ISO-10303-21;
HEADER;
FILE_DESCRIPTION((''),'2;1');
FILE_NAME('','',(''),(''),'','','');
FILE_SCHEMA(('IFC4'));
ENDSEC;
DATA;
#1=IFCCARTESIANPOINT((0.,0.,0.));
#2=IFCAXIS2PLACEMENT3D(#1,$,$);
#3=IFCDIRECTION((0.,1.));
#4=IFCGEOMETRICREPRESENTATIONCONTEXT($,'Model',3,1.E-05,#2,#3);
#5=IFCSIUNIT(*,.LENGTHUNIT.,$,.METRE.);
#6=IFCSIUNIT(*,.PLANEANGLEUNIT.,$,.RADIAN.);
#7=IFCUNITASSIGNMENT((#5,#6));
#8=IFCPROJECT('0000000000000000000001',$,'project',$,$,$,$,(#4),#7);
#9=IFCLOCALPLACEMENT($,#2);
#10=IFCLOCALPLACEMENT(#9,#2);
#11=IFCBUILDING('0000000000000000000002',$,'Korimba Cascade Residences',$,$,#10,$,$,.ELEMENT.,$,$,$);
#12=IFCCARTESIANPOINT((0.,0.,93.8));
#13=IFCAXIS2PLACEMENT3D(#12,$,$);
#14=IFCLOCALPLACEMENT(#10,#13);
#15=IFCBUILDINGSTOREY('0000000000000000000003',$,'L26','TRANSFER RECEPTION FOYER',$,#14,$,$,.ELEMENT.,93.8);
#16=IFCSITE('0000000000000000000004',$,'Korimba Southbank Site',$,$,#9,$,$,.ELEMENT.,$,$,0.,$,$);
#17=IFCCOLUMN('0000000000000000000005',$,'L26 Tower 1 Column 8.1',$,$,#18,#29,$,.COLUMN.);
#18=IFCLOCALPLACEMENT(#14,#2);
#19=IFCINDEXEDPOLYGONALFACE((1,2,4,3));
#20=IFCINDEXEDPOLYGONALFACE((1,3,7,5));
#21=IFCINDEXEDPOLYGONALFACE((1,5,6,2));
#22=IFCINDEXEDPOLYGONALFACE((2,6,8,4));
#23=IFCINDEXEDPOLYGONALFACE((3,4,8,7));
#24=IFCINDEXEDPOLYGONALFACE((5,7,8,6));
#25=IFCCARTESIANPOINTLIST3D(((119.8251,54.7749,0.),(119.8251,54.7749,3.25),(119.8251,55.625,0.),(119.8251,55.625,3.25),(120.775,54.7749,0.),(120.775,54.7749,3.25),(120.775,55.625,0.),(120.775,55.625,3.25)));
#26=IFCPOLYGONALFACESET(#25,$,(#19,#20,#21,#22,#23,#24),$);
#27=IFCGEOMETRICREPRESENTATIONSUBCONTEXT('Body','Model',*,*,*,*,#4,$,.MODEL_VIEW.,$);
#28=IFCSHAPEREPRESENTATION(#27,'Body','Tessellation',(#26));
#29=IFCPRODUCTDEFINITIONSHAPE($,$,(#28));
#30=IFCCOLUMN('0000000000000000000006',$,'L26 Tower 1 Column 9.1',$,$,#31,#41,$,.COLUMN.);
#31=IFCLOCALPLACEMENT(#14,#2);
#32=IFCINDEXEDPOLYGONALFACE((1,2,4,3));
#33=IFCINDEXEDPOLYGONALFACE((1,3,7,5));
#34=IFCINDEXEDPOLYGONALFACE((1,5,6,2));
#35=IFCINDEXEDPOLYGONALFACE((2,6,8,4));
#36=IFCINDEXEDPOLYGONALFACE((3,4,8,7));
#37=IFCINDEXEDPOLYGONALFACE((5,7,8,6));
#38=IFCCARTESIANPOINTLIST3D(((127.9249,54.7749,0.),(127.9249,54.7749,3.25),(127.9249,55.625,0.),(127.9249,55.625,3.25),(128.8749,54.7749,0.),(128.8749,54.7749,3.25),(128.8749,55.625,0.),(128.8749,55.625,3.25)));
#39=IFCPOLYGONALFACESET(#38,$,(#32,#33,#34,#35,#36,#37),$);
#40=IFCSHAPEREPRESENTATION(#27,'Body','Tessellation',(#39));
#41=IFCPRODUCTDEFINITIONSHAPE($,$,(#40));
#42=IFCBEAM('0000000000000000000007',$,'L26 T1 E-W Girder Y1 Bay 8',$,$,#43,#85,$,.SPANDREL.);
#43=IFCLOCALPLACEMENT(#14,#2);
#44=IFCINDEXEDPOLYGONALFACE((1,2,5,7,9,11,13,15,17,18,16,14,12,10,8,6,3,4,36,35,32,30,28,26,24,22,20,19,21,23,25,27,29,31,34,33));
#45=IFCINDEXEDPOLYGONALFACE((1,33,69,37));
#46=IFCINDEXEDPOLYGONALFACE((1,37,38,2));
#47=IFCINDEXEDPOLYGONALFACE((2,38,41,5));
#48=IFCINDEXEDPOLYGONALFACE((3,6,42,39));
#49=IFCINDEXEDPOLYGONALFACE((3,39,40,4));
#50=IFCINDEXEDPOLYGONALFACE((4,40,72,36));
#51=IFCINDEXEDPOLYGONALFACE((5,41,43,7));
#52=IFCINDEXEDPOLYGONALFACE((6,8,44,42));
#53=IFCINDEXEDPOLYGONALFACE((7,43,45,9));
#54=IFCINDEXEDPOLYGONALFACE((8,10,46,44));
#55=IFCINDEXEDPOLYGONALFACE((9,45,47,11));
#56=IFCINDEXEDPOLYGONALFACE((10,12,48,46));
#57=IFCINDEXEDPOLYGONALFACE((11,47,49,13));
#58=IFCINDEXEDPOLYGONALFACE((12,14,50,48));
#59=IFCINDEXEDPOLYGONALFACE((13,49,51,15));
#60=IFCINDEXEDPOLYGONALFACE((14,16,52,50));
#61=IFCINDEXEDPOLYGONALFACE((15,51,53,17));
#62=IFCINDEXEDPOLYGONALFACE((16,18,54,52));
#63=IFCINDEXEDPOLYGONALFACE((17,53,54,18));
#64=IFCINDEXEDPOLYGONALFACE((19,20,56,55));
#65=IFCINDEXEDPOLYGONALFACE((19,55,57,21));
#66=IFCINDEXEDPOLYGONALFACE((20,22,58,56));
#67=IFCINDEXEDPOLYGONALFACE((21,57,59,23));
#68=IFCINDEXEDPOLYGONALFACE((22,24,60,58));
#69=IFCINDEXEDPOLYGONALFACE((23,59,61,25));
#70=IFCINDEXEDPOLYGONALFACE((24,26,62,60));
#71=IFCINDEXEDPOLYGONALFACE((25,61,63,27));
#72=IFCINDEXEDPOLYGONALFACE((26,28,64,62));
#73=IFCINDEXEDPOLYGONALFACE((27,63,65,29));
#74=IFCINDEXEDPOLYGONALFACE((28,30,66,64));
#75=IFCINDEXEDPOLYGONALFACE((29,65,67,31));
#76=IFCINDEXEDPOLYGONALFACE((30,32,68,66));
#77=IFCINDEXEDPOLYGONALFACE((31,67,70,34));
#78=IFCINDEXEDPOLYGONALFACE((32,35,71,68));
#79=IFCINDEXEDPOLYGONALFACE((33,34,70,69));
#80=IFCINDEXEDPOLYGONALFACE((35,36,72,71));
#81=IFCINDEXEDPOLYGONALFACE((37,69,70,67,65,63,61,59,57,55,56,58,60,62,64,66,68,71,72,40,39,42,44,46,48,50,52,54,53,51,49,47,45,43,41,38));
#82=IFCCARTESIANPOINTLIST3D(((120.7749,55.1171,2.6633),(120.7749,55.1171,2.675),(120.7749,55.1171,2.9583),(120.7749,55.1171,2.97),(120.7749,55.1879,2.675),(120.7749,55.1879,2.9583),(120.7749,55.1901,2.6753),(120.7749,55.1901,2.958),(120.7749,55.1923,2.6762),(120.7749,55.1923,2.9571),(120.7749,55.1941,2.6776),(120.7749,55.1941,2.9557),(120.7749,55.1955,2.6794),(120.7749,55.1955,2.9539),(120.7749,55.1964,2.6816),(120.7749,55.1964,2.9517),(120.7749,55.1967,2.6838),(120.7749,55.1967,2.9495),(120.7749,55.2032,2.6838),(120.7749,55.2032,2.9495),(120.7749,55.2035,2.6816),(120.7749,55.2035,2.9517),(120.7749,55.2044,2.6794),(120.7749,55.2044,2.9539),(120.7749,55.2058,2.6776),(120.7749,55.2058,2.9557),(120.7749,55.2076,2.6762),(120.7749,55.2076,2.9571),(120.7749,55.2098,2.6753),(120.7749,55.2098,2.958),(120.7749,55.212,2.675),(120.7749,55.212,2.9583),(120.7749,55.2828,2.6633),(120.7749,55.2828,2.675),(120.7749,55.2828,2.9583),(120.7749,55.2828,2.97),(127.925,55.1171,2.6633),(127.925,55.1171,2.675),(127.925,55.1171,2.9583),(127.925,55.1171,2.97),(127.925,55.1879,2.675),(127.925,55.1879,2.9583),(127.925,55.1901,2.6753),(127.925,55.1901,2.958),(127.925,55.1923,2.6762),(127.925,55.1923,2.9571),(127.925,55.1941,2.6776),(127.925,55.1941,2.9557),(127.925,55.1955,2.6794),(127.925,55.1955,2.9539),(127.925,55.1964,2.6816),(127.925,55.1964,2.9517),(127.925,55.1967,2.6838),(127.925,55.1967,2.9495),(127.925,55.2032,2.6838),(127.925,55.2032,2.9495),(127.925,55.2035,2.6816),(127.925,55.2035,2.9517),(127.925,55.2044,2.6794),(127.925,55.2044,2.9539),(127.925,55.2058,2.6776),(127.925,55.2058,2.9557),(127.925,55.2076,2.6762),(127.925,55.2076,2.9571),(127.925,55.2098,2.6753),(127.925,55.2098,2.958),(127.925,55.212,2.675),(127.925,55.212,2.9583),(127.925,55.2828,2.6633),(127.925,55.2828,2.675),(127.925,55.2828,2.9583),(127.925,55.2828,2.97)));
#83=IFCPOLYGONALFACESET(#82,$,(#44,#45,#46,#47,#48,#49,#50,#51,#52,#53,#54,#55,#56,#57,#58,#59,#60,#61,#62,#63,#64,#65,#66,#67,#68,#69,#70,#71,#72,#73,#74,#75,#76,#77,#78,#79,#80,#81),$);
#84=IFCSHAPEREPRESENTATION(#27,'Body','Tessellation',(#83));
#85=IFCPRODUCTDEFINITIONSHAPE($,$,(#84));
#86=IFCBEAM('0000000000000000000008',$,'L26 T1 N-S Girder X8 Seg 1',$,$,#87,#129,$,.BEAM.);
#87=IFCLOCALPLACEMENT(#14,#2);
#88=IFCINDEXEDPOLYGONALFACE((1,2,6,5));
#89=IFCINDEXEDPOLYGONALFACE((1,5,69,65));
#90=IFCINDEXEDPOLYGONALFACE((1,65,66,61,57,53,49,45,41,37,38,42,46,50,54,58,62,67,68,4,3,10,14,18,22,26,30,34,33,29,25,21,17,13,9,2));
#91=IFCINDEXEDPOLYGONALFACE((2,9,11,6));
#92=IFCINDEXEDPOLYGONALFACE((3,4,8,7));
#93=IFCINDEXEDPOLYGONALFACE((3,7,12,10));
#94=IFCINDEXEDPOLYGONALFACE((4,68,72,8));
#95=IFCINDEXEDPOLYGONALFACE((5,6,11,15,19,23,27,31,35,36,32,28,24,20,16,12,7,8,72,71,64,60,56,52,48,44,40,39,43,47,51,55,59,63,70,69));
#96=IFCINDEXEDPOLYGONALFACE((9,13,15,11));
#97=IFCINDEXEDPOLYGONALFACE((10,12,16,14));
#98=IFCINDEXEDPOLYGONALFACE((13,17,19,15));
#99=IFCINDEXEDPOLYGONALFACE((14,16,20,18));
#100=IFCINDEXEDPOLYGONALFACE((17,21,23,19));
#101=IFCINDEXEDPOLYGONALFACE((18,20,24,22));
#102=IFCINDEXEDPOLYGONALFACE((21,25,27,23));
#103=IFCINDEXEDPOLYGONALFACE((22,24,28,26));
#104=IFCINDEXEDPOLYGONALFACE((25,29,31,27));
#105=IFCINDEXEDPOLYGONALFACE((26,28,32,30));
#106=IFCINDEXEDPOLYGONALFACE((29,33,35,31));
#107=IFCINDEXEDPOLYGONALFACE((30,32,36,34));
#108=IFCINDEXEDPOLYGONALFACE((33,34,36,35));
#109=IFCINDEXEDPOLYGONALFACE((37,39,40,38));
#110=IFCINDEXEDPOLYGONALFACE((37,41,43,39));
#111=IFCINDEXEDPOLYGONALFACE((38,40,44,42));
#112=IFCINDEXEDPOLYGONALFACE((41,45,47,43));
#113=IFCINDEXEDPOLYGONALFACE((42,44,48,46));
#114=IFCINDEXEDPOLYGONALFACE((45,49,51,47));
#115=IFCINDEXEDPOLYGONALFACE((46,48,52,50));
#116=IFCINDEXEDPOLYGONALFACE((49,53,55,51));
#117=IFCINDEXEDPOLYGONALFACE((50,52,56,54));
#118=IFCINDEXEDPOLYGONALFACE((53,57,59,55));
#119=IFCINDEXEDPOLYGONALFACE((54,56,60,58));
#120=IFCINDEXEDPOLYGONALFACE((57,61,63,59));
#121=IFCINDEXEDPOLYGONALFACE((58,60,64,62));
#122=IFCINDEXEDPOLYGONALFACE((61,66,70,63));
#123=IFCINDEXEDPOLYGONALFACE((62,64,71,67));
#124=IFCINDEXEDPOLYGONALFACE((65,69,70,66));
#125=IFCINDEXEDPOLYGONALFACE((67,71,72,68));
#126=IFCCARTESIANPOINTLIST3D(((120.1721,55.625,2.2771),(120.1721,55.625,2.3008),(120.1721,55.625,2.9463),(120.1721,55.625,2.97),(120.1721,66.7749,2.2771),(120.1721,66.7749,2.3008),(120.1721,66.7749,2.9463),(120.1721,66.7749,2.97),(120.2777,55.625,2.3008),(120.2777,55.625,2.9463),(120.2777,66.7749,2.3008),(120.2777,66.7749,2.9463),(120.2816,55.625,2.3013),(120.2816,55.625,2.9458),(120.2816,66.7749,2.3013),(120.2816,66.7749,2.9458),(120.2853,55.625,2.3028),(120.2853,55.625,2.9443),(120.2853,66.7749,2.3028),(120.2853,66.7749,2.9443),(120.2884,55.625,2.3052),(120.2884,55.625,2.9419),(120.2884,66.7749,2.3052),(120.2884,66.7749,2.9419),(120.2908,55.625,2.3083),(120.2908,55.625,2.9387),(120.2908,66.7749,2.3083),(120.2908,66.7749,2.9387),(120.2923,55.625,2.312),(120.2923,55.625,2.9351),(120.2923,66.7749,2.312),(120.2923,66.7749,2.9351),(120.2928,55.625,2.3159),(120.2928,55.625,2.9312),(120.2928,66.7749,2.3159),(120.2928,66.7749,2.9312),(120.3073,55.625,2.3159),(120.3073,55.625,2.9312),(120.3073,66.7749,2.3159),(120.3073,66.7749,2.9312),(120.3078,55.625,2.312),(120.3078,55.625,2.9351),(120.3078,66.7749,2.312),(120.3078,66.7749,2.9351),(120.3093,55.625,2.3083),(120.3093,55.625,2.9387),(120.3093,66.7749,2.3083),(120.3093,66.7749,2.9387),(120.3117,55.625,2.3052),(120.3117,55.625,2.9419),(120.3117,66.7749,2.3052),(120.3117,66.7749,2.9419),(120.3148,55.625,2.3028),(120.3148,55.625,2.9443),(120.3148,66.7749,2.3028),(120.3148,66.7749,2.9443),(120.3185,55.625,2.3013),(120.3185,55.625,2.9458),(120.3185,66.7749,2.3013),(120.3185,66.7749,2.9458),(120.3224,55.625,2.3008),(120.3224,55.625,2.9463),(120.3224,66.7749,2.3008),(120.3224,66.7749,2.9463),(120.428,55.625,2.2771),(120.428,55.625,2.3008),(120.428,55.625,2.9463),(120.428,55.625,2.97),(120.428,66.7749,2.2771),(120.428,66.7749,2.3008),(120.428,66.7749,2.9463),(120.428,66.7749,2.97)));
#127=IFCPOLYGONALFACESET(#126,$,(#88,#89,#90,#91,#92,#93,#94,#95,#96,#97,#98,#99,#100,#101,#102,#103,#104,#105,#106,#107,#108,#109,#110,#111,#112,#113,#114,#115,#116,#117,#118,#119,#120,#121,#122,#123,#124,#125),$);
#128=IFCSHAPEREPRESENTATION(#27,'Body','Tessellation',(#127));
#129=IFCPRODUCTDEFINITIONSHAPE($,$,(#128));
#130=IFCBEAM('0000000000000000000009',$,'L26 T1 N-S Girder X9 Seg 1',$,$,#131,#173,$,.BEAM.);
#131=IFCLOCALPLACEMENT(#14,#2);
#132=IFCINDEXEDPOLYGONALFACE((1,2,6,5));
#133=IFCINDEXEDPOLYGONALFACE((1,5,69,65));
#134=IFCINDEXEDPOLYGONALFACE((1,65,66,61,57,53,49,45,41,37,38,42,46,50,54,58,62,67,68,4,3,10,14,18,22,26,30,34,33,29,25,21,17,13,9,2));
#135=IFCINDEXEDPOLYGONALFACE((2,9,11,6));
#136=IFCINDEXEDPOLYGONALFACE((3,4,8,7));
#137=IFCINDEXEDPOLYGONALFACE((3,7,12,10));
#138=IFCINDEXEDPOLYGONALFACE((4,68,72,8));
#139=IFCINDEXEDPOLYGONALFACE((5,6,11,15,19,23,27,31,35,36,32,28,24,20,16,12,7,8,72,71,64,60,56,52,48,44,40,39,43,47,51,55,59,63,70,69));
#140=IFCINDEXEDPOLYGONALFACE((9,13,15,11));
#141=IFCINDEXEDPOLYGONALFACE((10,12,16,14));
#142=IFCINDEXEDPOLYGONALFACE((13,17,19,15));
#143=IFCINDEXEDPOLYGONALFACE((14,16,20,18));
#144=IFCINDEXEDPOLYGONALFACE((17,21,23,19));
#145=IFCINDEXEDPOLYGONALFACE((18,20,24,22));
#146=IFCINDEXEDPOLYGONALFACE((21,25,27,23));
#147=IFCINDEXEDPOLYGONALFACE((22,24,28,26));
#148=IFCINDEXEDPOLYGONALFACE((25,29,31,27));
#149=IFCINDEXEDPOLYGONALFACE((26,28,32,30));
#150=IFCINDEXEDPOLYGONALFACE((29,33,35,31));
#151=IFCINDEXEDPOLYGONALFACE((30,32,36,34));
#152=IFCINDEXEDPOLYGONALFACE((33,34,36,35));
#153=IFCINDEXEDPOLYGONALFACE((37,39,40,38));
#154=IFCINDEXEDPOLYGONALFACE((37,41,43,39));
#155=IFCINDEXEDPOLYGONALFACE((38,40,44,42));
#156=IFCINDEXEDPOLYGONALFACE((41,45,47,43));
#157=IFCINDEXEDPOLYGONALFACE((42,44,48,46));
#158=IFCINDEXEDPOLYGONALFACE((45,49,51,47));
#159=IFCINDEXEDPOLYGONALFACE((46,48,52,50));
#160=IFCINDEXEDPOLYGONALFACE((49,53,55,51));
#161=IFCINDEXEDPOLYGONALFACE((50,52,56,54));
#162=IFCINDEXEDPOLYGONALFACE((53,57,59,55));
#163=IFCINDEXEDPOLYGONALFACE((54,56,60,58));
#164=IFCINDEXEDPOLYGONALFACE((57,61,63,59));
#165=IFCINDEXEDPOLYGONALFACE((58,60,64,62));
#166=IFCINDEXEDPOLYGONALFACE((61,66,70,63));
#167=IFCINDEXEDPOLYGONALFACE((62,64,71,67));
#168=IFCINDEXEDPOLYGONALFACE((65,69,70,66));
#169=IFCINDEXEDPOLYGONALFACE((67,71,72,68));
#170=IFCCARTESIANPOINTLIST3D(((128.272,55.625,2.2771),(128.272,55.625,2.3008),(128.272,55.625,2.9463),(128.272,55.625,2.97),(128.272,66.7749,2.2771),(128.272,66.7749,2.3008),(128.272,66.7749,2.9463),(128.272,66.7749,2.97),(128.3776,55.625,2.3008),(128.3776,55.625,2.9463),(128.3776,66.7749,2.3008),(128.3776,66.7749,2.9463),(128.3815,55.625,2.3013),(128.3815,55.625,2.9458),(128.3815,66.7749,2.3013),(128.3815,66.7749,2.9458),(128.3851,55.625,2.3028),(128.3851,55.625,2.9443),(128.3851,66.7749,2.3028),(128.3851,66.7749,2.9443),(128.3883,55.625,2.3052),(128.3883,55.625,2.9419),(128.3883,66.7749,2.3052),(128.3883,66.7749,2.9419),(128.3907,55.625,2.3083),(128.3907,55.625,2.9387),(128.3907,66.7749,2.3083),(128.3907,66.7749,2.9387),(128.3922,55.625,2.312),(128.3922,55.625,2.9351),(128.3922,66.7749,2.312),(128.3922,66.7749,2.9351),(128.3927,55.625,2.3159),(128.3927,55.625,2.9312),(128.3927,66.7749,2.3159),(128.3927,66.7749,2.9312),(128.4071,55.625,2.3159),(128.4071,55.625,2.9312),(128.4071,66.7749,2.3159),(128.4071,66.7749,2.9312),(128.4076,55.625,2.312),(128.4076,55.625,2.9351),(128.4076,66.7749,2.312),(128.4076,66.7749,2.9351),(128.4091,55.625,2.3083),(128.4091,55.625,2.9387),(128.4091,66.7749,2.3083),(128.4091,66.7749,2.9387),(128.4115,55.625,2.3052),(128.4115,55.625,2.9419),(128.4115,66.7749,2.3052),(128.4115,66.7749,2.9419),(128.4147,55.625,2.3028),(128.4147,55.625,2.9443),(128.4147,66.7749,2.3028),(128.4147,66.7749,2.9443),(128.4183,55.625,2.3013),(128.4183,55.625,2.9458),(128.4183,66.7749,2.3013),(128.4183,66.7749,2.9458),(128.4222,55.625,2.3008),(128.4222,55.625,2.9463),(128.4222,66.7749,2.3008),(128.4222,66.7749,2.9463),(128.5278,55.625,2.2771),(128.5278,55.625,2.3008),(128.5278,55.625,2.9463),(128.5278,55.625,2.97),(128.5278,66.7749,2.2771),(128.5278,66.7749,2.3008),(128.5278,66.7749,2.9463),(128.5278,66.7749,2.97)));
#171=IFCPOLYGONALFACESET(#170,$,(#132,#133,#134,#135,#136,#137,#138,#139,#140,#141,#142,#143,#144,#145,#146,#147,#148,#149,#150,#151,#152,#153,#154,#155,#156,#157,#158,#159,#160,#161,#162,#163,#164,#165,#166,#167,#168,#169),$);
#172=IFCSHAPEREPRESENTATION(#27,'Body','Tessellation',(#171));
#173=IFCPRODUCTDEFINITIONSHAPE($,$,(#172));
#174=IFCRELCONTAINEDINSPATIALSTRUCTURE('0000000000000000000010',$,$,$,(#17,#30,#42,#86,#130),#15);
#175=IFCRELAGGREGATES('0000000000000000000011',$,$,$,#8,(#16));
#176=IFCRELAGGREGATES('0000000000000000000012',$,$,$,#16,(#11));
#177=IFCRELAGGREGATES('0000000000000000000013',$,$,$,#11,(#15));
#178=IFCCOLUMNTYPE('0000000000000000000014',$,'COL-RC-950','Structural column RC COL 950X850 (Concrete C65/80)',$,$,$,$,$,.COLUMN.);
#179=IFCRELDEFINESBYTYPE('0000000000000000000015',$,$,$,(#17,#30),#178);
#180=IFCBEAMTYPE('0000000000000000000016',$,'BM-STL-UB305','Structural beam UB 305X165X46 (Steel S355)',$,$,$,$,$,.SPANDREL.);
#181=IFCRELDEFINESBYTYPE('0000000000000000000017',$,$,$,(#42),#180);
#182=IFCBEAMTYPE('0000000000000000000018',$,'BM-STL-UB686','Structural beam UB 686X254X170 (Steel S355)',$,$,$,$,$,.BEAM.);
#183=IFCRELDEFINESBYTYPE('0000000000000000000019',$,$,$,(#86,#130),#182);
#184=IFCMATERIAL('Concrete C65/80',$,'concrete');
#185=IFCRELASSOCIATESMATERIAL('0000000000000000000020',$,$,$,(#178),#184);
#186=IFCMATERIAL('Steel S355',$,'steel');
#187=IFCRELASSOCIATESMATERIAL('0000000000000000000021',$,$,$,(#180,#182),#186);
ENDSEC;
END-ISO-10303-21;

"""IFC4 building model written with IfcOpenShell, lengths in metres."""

from ifc_helpers import new_model, si_unit, direction, frame, origin, origin_2d, place, context, subcontext, project, spatial, rectangle, i_section, extrude, material, material_profile, profile_set, type_object, element, save


model = new_model("IFC4")

# Units and contexts
model_context = context("Model", 3, precision=1e-05, world=origin(), true_north=direction((0.0, 1.0)))
body_context = subcontext(model_context, "Body", "Model", "MODEL_VIEW")
ifc_project = project(units=[si_unit("LENGTHUNIT", "METRE"), si_unit("PLANEANGLEUNIT", "RADIAN")], contexts=[model_context])

# Site, building, storey
site_placement = place(None, origin())
site = spatial("IfcSite", under=ifc_project, at=site_placement, Name="Korimba Southbank Site", CompositionType="ELEMENT", RefElevation=0.0)
building_placement = place(site_placement, origin())
building = spatial("IfcBuilding", under=site, at=building_placement, Name="Korimba Cascade Residences", CompositionType="ELEMENT")
storey_placement = place(building_placement, frame((0.0, 0.0, 93.8)))
storey = spatial("IfcBuildingStorey", under=building, at=storey_placement, Name="L26", Description="TRANSFER RECEPTION FOYER", CompositionType="ELEMENT", Elevation=93.8)

# Columns
ifc_material_1 = material(Name="Concrete C65/80", Category="concrete")
ifc_material_profile_1 = material_profile(ifc_material_1, rectangle(XDim=0.95, YDim=0.8501, at=origin_2d()), Name="Concrete C65/80")
ifc_profile_set_1 = profile_set([ifc_material_profile_1], Name="Concrete C65/80")
column_type = type_object("IfcColumnType", Name="COL-RC-950", Description="Structural column RC COL 950X850 (Concrete C65/80)", PredefinedType="COLUMN", material=ifc_profile_set_1)
for number, where, z_axis, x_axis, name in (
    (1, (120.3, 55.2, 0.0), (0.0, 0.0, 1.0), (1.0, 0.0, 0.0), "L26 Tower 1 Column 8.1"),
    (2, (128.3999, 55.2, 0.0), (0.0, 0.0, 1.0), (1.0, 0.0, 0.0), "L26 Tower 1 Column 9.1"),
):
    element("IfcColumn", number, at=place(storey_placement, frame(where, z_axis=z_axis, x_axis=x_axis)), inside=storey, type_object=column_type, Name=name, PredefinedType="COLUMN", context=body_context, shape_type="SweptSolid", body=[
        extrude(rectangle(XDim=0.95, YDim=0.8501, at=origin_2d()), origin(), (0.0, 0.0, 1.0), 3.25),
    ])

# Beams
ifc_material_2 = material(Name="Steel S355", Category="steel")
ifc_material_profile_2 = material_profile(ifc_material_2, i_section(OverallWidth=0.1658, OverallDepth=0.3066, WebThickness=0.0066, FlangeThickness=0.0117, FilletRadius=0.0088, at=origin_2d()), Name="Steel S355")
ifc_profile_set_2 = profile_set([ifc_material_profile_2], Name="Steel S355")
beam_type_1 = type_object("IfcBeamType", Name="BM-STL-UB305", Description="Structural beam UB 305X165X46 (Steel S355)", PredefinedType="SPANDREL", material=ifc_profile_set_2)
beam_placement = place(storey_placement, frame((120.7749, 55.2, 2.8167), z_axis=(1.0, 0.0, 0.0), x_axis=(0.0, 1.0, 0.0)))
element("IfcBeam", 3, at=beam_placement, inside=storey, type_object=beam_type_1, Name="L26 T1 E-W Girder Y1 Bay 8", PredefinedType="SPANDREL", context=body_context, shape_type="SweptSolid", body=[
    extrude(i_section(OverallWidth=0.1658, OverallDepth=0.3066, WebThickness=0.0066, FlangeThickness=0.0117, FilletRadius=0.0088, at=origin_2d()), origin(), (0.0, 0.0, 1.0), 7.1501),
])
ifc_material_profile_3 = material_profile(ifc_material_2, i_section(OverallWidth=0.2559, OverallDepth=0.6929, WebThickness=0.0144, FlangeThickness=0.0237, FilletRadius=0.0151, at=origin_2d()), Name="Steel S355")
ifc_profile_set_3 = profile_set([ifc_material_profile_3], Name="Steel S355")
beam_type_2 = type_object("IfcBeamType", Name="BM-STL-UB686", Description="Structural beam UB 686X254X170 (Steel S355)", PredefinedType="BEAM", material=ifc_profile_set_3)
for number, where, z_axis, x_axis, name in (
    (4, (120.3, 55.625, 2.6235), (0.0, 1.0, 0.0), (-1.0, 0.0, 0.0), "L26 T1 N-S Girder X8 Seg 1"),
    (5, (128.3999, 55.625, 2.6235), (0.0, 1.0, 0.0), (-1.0, 0.0, 0.0), "L26 T1 N-S Girder X9 Seg 1"),
):
    element("IfcBeam", number, at=place(storey_placement, frame(where, z_axis=z_axis, x_axis=x_axis)), inside=storey, type_object=beam_type_2, Name=name, PredefinedType="BEAM", context=body_context, shape_type="SweptSolid", body=[
        extrude(i_section(OverallWidth=0.2559, OverallDepth=0.6929, WebThickness=0.0144, FlangeThickness=0.0237, FilletRadius=0.0151, at=origin_2d()), origin(), (0.0, 0.0, 1.0), 11.1499),
    ])

save(model, "model.ifc")
